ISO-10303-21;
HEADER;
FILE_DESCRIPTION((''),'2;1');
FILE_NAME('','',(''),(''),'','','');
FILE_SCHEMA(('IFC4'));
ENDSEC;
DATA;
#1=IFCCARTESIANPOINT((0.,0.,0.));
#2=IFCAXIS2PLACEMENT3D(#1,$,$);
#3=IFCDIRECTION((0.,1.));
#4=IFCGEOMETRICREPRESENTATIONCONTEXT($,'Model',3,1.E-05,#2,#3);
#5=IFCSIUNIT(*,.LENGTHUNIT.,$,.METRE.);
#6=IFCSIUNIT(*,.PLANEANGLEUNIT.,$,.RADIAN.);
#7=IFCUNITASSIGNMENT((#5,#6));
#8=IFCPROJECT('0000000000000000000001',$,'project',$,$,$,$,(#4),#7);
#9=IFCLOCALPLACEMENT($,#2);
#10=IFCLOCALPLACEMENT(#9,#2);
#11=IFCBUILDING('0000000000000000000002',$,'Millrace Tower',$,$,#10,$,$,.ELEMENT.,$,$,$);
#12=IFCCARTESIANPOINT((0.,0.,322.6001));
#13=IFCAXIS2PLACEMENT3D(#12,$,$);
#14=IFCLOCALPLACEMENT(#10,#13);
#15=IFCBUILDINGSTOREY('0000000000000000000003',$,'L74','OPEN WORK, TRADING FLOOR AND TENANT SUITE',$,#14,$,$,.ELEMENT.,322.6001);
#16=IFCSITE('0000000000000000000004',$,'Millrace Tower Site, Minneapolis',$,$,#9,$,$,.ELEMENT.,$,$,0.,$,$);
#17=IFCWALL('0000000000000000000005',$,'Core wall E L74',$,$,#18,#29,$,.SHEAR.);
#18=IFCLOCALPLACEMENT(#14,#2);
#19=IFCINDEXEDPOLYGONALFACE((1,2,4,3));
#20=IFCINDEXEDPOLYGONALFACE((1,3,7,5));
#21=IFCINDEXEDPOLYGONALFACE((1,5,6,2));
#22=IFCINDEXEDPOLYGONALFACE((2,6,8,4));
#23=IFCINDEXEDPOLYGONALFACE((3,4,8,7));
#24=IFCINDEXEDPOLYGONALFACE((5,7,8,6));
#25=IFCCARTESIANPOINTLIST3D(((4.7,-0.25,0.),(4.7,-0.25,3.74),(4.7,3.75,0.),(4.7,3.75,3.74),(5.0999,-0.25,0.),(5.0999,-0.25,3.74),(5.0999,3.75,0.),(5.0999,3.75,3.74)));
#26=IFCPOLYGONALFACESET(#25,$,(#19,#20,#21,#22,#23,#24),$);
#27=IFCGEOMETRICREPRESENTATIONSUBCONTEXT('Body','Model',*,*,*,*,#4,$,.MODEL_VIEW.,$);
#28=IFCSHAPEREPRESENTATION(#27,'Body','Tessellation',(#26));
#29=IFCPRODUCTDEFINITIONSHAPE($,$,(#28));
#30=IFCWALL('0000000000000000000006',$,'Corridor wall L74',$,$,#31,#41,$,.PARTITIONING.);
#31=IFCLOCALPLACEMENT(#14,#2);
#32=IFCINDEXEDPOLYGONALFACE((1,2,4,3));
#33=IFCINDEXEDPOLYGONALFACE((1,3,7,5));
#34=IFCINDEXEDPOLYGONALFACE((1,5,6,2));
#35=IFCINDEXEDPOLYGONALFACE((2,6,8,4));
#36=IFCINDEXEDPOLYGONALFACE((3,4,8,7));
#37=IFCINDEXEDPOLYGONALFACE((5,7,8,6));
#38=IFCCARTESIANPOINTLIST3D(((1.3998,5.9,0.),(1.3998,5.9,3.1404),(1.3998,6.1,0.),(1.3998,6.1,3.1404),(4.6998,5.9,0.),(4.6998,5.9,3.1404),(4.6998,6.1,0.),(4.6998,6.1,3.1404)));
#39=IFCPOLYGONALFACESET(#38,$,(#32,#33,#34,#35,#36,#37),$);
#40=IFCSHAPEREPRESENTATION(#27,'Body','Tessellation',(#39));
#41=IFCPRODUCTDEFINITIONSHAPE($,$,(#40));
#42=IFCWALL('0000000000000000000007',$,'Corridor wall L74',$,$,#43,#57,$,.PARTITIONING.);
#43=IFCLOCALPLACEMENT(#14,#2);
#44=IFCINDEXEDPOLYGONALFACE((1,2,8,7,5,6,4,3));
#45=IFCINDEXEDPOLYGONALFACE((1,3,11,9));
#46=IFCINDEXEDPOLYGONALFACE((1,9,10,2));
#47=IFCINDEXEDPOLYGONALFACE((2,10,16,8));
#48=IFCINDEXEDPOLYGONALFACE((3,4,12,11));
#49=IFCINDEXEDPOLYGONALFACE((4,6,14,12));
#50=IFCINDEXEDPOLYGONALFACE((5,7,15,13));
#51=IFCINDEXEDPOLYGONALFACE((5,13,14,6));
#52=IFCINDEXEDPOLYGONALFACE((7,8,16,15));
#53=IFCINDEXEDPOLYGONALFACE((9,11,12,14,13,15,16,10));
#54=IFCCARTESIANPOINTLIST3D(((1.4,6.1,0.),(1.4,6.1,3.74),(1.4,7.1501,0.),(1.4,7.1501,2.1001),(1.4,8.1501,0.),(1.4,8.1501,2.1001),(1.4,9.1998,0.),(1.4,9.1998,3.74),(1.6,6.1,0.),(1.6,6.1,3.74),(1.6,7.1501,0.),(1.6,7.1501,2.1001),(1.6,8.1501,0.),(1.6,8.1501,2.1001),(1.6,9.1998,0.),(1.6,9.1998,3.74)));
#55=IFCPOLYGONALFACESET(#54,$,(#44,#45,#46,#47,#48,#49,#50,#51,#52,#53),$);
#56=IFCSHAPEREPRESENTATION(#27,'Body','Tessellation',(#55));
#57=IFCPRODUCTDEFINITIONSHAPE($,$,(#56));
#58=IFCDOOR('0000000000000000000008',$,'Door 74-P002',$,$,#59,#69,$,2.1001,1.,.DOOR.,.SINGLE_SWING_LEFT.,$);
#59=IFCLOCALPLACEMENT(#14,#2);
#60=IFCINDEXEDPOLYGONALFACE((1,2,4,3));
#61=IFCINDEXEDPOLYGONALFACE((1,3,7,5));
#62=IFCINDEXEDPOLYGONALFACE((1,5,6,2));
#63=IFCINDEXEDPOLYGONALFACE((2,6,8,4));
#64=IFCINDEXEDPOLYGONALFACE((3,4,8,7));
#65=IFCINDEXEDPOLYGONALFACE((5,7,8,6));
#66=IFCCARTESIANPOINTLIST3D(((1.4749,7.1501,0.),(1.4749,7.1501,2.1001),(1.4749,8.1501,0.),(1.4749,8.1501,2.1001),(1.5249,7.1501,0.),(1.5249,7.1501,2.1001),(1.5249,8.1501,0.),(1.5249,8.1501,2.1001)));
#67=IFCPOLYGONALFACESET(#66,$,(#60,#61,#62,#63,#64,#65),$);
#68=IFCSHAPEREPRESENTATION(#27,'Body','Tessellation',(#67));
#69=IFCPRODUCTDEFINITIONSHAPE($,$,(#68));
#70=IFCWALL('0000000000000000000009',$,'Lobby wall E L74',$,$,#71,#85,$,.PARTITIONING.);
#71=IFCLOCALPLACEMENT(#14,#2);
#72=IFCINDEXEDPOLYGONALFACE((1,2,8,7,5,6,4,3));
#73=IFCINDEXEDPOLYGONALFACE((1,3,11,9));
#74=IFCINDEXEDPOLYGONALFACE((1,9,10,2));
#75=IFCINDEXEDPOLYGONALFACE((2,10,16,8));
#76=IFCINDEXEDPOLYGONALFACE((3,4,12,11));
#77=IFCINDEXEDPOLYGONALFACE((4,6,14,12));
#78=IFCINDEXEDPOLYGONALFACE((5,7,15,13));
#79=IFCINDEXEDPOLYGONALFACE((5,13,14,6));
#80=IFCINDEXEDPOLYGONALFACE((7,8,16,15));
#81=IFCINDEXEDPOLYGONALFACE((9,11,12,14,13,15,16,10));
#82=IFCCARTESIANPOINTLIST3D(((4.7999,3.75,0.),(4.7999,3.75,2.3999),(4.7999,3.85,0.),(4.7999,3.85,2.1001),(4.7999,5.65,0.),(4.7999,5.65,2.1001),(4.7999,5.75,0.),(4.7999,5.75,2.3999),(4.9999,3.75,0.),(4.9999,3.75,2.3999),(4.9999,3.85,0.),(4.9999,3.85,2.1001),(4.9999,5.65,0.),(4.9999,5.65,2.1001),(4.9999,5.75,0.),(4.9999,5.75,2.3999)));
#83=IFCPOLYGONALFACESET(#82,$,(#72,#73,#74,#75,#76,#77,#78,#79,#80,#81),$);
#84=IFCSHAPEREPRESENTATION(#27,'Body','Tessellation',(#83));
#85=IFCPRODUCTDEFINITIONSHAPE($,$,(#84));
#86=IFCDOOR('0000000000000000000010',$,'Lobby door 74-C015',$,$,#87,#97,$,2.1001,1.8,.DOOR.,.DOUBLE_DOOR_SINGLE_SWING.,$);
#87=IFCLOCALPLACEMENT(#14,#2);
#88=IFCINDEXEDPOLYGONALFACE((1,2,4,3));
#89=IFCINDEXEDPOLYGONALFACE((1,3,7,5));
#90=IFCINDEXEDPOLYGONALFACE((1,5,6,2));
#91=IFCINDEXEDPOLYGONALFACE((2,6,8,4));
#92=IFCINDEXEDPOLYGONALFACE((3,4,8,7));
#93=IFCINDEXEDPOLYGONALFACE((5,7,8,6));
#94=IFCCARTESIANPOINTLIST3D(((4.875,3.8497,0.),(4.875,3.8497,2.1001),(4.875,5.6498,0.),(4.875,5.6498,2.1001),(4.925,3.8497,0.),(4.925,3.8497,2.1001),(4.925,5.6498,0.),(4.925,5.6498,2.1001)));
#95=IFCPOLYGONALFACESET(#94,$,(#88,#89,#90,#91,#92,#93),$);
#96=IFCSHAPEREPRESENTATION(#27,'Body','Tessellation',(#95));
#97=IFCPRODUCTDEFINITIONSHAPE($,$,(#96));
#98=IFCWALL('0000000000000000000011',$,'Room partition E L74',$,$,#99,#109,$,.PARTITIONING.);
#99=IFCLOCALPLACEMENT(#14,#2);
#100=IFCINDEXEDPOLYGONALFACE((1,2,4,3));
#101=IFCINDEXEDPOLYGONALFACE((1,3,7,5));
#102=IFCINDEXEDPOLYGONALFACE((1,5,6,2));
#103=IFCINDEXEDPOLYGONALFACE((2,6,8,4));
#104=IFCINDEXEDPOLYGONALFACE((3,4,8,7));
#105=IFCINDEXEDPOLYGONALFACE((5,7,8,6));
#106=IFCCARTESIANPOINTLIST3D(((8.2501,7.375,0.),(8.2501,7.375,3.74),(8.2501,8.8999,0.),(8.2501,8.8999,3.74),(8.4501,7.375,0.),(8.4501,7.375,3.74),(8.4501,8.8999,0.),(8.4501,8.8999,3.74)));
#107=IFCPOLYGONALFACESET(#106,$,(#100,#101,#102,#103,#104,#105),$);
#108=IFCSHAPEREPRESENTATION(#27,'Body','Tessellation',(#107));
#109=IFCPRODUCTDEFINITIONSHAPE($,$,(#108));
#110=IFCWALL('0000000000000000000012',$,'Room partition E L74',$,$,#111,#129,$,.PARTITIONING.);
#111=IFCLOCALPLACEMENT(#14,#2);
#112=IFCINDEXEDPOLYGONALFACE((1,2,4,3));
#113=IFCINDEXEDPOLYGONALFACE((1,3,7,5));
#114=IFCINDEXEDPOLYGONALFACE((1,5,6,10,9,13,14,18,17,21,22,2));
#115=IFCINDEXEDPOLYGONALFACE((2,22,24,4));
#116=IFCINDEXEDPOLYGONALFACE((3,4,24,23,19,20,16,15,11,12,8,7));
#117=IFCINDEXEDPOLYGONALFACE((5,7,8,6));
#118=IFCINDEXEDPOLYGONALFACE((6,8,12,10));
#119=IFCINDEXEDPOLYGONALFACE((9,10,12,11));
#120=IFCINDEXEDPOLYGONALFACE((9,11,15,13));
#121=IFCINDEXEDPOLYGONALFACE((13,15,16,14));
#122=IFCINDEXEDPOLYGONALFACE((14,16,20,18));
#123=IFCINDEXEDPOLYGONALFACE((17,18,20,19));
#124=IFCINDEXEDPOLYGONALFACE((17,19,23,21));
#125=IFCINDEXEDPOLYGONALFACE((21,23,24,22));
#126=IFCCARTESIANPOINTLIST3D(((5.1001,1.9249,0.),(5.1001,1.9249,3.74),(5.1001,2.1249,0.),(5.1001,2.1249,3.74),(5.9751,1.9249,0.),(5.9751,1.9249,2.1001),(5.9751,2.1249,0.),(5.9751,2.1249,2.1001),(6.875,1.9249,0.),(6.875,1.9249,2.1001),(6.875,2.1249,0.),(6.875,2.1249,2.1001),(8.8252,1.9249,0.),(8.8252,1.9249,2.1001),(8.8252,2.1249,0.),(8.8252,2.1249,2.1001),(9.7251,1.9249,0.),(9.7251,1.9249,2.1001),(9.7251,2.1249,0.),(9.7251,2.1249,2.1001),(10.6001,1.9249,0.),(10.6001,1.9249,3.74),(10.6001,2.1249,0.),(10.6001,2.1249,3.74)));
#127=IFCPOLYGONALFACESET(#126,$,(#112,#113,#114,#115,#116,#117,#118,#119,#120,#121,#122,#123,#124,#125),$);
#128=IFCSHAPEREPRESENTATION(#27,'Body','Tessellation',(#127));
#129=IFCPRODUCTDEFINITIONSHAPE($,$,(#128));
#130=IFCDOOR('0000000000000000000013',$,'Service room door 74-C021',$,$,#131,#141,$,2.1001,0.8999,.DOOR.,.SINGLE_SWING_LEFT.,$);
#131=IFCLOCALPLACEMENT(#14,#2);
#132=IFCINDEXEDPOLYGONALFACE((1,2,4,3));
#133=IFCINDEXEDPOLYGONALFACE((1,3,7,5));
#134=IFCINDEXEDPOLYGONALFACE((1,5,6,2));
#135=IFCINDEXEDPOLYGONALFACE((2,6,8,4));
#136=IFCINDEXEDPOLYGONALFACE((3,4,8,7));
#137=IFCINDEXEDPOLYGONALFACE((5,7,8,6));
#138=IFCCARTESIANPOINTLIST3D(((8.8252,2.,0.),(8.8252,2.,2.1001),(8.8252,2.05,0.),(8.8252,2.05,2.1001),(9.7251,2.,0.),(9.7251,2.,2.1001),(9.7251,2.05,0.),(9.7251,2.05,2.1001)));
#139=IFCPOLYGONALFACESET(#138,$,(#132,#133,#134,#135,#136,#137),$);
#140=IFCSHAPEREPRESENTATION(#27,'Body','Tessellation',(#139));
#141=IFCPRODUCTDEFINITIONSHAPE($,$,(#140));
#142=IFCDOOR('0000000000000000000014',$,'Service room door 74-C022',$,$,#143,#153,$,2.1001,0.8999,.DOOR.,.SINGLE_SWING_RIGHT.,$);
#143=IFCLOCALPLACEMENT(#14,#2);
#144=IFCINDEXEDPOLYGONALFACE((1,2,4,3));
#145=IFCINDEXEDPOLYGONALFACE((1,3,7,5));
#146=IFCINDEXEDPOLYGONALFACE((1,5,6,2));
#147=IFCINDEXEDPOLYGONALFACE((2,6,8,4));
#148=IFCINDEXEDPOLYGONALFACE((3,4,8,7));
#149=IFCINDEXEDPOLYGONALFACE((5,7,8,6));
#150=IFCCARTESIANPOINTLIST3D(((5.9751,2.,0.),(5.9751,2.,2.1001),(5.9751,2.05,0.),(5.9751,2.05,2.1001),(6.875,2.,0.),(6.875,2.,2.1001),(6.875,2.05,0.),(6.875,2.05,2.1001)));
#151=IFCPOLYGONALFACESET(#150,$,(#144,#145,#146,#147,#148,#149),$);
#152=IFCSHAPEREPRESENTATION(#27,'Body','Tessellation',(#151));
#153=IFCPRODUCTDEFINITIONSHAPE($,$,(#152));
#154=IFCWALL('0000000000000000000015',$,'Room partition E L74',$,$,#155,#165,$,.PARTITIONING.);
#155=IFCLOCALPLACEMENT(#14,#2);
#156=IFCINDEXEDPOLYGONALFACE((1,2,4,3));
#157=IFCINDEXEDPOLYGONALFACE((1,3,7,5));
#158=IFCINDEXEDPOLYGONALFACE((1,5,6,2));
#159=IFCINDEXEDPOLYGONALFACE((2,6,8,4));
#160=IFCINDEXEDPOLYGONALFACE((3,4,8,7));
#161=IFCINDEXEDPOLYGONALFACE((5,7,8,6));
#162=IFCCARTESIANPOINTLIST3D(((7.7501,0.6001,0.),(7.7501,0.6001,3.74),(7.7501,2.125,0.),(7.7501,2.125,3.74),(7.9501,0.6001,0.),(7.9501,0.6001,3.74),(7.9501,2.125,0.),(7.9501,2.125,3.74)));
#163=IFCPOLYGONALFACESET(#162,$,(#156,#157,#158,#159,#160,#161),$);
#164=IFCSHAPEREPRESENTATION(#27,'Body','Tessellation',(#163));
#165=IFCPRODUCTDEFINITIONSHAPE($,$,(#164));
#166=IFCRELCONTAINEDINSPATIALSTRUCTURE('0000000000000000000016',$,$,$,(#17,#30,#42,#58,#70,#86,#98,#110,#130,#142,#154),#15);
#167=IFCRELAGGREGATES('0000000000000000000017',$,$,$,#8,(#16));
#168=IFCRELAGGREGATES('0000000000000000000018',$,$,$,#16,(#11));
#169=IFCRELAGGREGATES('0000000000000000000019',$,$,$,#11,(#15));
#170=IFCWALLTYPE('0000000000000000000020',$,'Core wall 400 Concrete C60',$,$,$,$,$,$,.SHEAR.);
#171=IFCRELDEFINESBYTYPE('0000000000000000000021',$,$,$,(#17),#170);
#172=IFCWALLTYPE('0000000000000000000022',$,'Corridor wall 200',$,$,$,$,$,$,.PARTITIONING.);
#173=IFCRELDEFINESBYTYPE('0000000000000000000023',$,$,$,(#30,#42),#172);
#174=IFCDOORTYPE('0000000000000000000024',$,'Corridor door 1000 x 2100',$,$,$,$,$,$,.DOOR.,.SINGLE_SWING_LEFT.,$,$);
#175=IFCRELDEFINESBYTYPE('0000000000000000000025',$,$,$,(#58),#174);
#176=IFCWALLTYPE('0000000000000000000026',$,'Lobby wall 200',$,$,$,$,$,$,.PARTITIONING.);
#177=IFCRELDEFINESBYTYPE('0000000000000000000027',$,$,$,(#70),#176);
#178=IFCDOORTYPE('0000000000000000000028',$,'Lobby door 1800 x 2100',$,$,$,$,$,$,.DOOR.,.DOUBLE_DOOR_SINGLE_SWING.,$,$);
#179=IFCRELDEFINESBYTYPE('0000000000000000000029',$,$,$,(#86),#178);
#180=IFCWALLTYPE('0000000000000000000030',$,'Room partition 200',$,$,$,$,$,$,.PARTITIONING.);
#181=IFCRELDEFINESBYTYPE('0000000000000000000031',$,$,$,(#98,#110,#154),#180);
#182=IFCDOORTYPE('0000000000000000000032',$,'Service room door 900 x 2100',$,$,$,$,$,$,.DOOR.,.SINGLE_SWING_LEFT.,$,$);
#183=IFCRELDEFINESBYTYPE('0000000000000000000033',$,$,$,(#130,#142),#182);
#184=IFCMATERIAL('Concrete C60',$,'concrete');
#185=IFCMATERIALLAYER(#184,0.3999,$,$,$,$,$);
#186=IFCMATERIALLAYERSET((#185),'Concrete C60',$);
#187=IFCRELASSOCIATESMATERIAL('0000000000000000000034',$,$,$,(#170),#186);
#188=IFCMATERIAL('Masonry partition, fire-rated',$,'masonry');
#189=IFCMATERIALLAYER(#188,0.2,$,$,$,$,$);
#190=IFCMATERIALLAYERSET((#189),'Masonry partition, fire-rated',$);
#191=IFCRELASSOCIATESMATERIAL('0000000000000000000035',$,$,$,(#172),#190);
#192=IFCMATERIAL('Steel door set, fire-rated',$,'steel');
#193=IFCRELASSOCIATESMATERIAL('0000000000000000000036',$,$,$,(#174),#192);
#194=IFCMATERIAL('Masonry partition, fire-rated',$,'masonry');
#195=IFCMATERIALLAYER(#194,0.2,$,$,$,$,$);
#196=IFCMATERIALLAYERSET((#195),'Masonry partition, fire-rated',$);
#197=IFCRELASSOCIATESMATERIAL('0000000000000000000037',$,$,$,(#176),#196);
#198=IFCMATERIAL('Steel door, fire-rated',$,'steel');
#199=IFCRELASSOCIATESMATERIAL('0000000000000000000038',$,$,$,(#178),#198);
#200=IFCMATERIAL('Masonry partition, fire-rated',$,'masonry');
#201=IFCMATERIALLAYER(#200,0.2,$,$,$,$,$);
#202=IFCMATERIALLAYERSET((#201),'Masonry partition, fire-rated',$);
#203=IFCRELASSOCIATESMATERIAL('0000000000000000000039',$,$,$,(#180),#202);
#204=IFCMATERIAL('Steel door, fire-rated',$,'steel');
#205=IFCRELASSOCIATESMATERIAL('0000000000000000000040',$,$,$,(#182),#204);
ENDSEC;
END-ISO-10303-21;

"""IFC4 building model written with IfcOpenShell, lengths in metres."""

from ifc_helpers import new_model, si_unit, direction, frame, frame_2d, origin, place, context, subcontext, project, spatial, rectangle, extrude, material, layer, layer_set, type_object, element, fill, save


model = new_model("IFC4")

# Units and contexts
model_context = context("Model", 3, precision=1e-05, world=origin(), true_north=direction((0.0, 1.0)))
body_context = subcontext(model_context, "Body", "Model", "MODEL_VIEW")
ifc_project = project(units=[si_unit("LENGTHUNIT", "METRE"), si_unit("PLANEANGLEUNIT", "RADIAN")], contexts=[model_context])

# Site, building, storey
site_placement = place(None, origin())
site = spatial("IfcSite", under=ifc_project, at=site_placement, Name="Millrace Tower Site, Minneapolis", CompositionType="ELEMENT", RefElevation=0.0)
building_placement = place(site_placement, origin())
building = spatial("IfcBuilding", under=site, at=building_placement, Name="Millrace Tower", CompositionType="ELEMENT")
storey_placement = place(building_placement, frame((0.0, 0.0, 322.6001)))
storey = spatial("IfcBuildingStorey", under=building, at=storey_placement, Name="L74", Description="OPEN WORK, TRADING FLOOR AND TENANT SUITE", CompositionType="ELEMENT", Elevation=322.6001)

# Walls
ifc_material_1 = material(Name="Concrete C60", Category="concrete")
ifc_layer_1 = layer(ifc_material_1, 0.3999)
ifc_layer_set_1 = layer_set([ifc_layer_1], Name="Concrete C60")
wall_type_1 = type_object("IfcWallType", Name="Core wall 400 Concrete C60", PredefinedType="SHEAR", material=ifc_layer_set_1)
wall_1_placement = place(storey_placement, frame((4.8999, 3.75, 0.0), z_axis=(0.0, 0.0, 1.0), x_axis=(0.0, -1.0, 0.0)))
element("IfcWall", 1, at=wall_1_placement, inside=storey, type_object=wall_type_1, Name="Core wall E L74", PredefinedType="SHEAR", context=body_context, shape_type="SweptSolid", body=[
    extrude(rectangle(XDim=4.0, YDim=0.3999, at=frame_2d((2.0, 0.0))), origin(), (0.0, 0.0, 1.0), 3.74),
])
ifc_material_2 = material(Name="Masonry partition, fire-rated", Category="masonry")
ifc_layer_2 = layer(ifc_material_2, 0.2)
ifc_layer_set_2 = layer_set([ifc_layer_2], Name="Masonry partition, fire-rated")
wall_type_2 = type_object("IfcWallType", Name="Corridor wall 200", PredefinedType="PARTITIONING", material=ifc_layer_set_2)
wall_2_placement = place(storey_placement, frame((1.3999, 6.0, 0.0), z_axis=(0.0, 0.0, 1.0), x_axis=(1.0, 0.0, 0.0)))
element("IfcWall", 2, at=wall_2_placement, inside=storey, type_object=wall_type_2, Name="Corridor wall L74", PredefinedType="PARTITIONING", context=body_context, shape_type="SweptSolid", body=[
    extrude(rectangle(XDim=3.3, YDim=0.2, at=frame_2d((1.6499, 0.0))), origin(), (0.0, 0.0, 1.0), 3.1404),
])

# Walls, openings, doors
wall_3_placement = place(storey_placement, frame((1.5, 6.1001, 0.0), z_axis=(0.0, 0.0, 1.0), x_axis=(0.0, 1.0, 0.0)))
wall_3 = element("IfcWall", 3, at=wall_3_placement, inside=storey, type_object=wall_type_2, Name="Corridor wall L74", PredefinedType="PARTITIONING", context=body_context, shape_type="SweptSolid", body=[
    extrude(rectangle(XDim=3.0999, YDim=0.2, at=frame_2d((1.5498, 0.0))), origin(), (0.0, 0.0, 1.0), 3.74),
])
opening_1_placement = place(wall_3_placement, frame((1.05, 0.0, 0.0)))
opening_1 = element("IfcOpeningElement", 4, at=opening_1_placement, cuts=wall_3, PredefinedType="OPENING", context=body_context, shape_type="SweptSolid", body=[
    extrude(rectangle(XDim=1.0, YDim=2.1001, at=frame_2d((0.5, 1.05))), frame((0.0, 0.1099, 0.0), z_axis=(0.0, -1.0, 0.0), x_axis=(1.0, 0.0, 0.0)), (0.0, 0.0, 1.0), 0.22),
])
ifc_material_3 = material(Name="Steel door set, fire-rated", Category="steel")
door_type_1 = type_object("IfcDoorType", Name="Corridor door 1000 x 2100", OperationType="SINGLE_SWING_LEFT", PredefinedType="DOOR", material=ifc_material_3)
door_1_placement = place(opening_1_placement, frame((1.0, 0.0, 0.0), z_axis=(0.0, 0.0, 1.0), x_axis=(-1.0, 0.0, 0.0)))
door_1 = element("IfcDoor", 5, at=door_1_placement, inside=storey, type_object=door_type_1, Name="Door 74-P002", OperationType="SINGLE_SWING_LEFT", OverallHeight=2.1001, OverallWidth=1.0, PredefinedType="DOOR", context=body_context, shape_type="SweptSolid", body=[
    extrude(rectangle(XDim=1.0, YDim=2.1001, at=frame_2d((0.5, 1.05))), frame((0.0, 0.0249, 0.0), z_axis=(0.0, -1.0, 0.0), x_axis=(1.0, 0.0, 0.0)), (0.0, 0.0, 1.0), 0.05),
])
fill(opening_1, door_1)
ifc_material_4 = material(Name="Masonry partition, fire-rated", Category="masonry")
ifc_layer_3 = layer(ifc_material_4, 0.2)
ifc_layer_set_3 = layer_set([ifc_layer_3], Name="Masonry partition, fire-rated")
wall_type_3 = type_object("IfcWallType", Name="Lobby wall 200", PredefinedType="PARTITIONING", material=ifc_layer_set_3)
wall_4_placement = place(storey_placement, frame((4.8999, 5.75, 0.0), z_axis=(0.0, 0.0, 1.0), x_axis=(0.0, -1.0, 0.0)))
wall_4 = element("IfcWall", 6, at=wall_4_placement, inside=storey, type_object=wall_type_3, Name="Lobby wall E L74", PredefinedType="PARTITIONING", context=body_context, shape_type="SweptSolid", body=[
    extrude(rectangle(XDim=2.0, YDim=0.2, at=frame_2d((1.0, 0.0))), origin(), (0.0, 0.0, 1.0), 2.3999),
])
opening_2_placement = place(wall_4_placement, frame((0.1001, 0.0, 0.0)))
opening_2 = element("IfcOpeningElement", 7, at=opening_2_placement, cuts=wall_4, PredefinedType="OPENING", context=body_context, shape_type="SweptSolid", body=[
    extrude(rectangle(XDim=1.8, YDim=2.1001, at=frame_2d((0.8999, 1.05))), frame((0.0, 0.1099, 0.0), z_axis=(0.0, -1.0, 0.0), x_axis=(1.0, 0.0, 0.0)), (0.0, 0.0, 1.0), 0.22),
])
ifc_material_5 = material(Name="Steel door, fire-rated", Category="steel")
door_type_2 = type_object("IfcDoorType", Name="Lobby door 1800 x 2100", OperationType="DOUBLE_DOOR_SINGLE_SWING", PredefinedType="DOOR", material=ifc_material_5)
door_2_placement = place(opening_2_placement, frame((1.8, 0.0, 0.0), z_axis=(0.0, 0.0, 1.0), x_axis=(-1.0, 0.0, 0.0)))
door_2 = element("IfcDoor", 8, at=door_2_placement, inside=storey, type_object=door_type_2, Name="Lobby door 74-C015", OperationType="DOUBLE_DOOR_SINGLE_SWING", OverallHeight=2.1001, OverallWidth=1.8, PredefinedType="DOOR", context=body_context, shape_type="SweptSolid", body=[
    extrude(rectangle(XDim=1.8, YDim=2.1001, at=frame_2d((0.8999, 1.05))), frame((0.0, 0.0249, 0.0), z_axis=(0.0, -1.0, 0.0), x_axis=(1.0, 0.0, 0.0)), (0.0, 0.0, 1.0), 0.05),
])
fill(opening_2, door_2)

# Wall
ifc_material_6 = material(Name="Masonry partition, fire-rated", Category="masonry")
ifc_layer_4 = layer(ifc_material_6, 0.2)
ifc_layer_set_4 = layer_set([ifc_layer_4], Name="Masonry partition, fire-rated")
wall_type_4 = type_object("IfcWallType", Name="Room partition 200", PredefinedType="PARTITIONING", material=ifc_layer_set_4)
wall_5_placement = place(storey_placement, frame((8.3501, 8.8999, 0.0), z_axis=(0.0, 0.0, 1.0), x_axis=(0.0, -1.0, 0.0)))
element("IfcWall", 9, at=wall_5_placement, inside=storey, type_object=wall_type_4, Name="Room partition E L74", PredefinedType="PARTITIONING", context=body_context, shape_type="SweptSolid", body=[
    extrude(rectangle(XDim=1.5249, YDim=0.2, at=frame_2d((0.7625, 0.0))), origin(), (0.0, 0.0, 1.0), 3.74),
])

# Wall, openings, doors
wall_6_placement = place(storey_placement, frame((10.6001, 2.0249, 0.0), z_axis=(0.0, 0.0, 1.0), x_axis=(-1.0, 0.0, 0.0)))
wall_6 = element("IfcWall", 10, at=wall_6_placement, inside=storey, type_object=wall_type_4, Name="Room partition E L74", PredefinedType="PARTITIONING", context=body_context, shape_type="SweptSolid", body=[
    extrude(rectangle(XDim=5.5, YDim=0.2, at=frame_2d((2.75, 0.0))), origin(), (0.0, 0.0, 1.0), 3.74),
])
opening_3_placement = place(wall_6_placement, frame((0.875, 0.0, 0.0)))
opening_3 = element("IfcOpeningElement", 11, at=opening_3_placement, cuts=wall_6, PredefinedType="OPENING", context=body_context, shape_type="SweptSolid", body=[
    extrude(rectangle(XDim=0.8999, YDim=2.1001, at=frame_2d((0.45, 1.05))), frame((0.0, 0.1099, 0.0), z_axis=(0.0, -1.0, 0.0), x_axis=(1.0, 0.0, 0.0)), (0.0, 0.0, 1.0), 0.22),
])
opening_4_placement = place(wall_6_placement, frame((3.7251, 0.0, 0.0)))
opening_4 = element("IfcOpeningElement", 12, at=opening_4_placement, cuts=wall_6, PredefinedType="OPENING", context=body_context, shape_type="SweptSolid", body=[
    extrude(rectangle(XDim=0.8999, YDim=2.1001, at=frame_2d((0.45, 1.05))), frame((0.0, 0.1099, 0.0), z_axis=(0.0, -1.0, 0.0), x_axis=(1.0, 0.0, 0.0)), (0.0, 0.0, 1.0), 0.22),
])
ifc_material_7 = material(Name="Steel door, fire-rated", Category="steel")
door_type_3 = type_object("IfcDoorType", Name="Service room door 900 x 2100", OperationType="SINGLE_SWING_LEFT", PredefinedType="DOOR", material=ifc_material_7)
door_3_placement = place(opening_3_placement, origin())
door_3 = element("IfcDoor", 13, at=door_3_placement, inside=storey, type_object=door_type_3, Name="Service room door 74-C021", OperationType="SINGLE_SWING_LEFT", OverallHeight=2.1001, OverallWidth=0.8999, PredefinedType="DOOR", context=body_context, shape_type="SweptSolid", body=[
    extrude(rectangle(XDim=0.8999, YDim=2.1001, at=frame_2d((0.45, 1.05))), frame((0.0, 0.0249, 0.0), z_axis=(0.0, -1.0, 0.0), x_axis=(1.0, 0.0, 0.0)), (0.0, 0.0, 1.0), 0.05),
])
fill(opening_3, door_3)
door_4_placement = place(opening_4_placement, origin())
door_4 = element("IfcDoor", 14, at=door_4_placement, inside=storey, type_object=door_type_3, Name="Service room door 74-C022", OperationType="SINGLE_SWING_RIGHT", OverallHeight=2.1001, OverallWidth=0.8999, PredefinedType="DOOR", context=body_context, shape_type="SweptSolid", body=[
    extrude(rectangle(XDim=0.8999, YDim=2.1001, at=frame_2d((0.45, 1.05))), frame((0.0, 0.0249, 0.0), z_axis=(0.0, -1.0, 0.0), x_axis=(1.0, 0.0, 0.0)), (0.0, 0.0, 1.0), 0.05),
])
fill(opening_4, door_4)

# Wall
wall_7_placement = place(storey_placement, frame((7.8501, 2.125, 0.0), z_axis=(0.0, 0.0, 1.0), x_axis=(0.0, -1.0, 0.0)))
element("IfcWall", 15, at=wall_7_placement, inside=storey, type_object=wall_type_4, Name="Room partition E L74", PredefinedType="PARTITIONING", context=body_context, shape_type="SweptSolid", body=[
    extrude(rectangle(XDim=1.5249, YDim=0.2, at=frame_2d((0.7625, 0.0))), origin(), (0.0, 0.0, 1.0), 3.74),
])

save(model, "model.ifc")
